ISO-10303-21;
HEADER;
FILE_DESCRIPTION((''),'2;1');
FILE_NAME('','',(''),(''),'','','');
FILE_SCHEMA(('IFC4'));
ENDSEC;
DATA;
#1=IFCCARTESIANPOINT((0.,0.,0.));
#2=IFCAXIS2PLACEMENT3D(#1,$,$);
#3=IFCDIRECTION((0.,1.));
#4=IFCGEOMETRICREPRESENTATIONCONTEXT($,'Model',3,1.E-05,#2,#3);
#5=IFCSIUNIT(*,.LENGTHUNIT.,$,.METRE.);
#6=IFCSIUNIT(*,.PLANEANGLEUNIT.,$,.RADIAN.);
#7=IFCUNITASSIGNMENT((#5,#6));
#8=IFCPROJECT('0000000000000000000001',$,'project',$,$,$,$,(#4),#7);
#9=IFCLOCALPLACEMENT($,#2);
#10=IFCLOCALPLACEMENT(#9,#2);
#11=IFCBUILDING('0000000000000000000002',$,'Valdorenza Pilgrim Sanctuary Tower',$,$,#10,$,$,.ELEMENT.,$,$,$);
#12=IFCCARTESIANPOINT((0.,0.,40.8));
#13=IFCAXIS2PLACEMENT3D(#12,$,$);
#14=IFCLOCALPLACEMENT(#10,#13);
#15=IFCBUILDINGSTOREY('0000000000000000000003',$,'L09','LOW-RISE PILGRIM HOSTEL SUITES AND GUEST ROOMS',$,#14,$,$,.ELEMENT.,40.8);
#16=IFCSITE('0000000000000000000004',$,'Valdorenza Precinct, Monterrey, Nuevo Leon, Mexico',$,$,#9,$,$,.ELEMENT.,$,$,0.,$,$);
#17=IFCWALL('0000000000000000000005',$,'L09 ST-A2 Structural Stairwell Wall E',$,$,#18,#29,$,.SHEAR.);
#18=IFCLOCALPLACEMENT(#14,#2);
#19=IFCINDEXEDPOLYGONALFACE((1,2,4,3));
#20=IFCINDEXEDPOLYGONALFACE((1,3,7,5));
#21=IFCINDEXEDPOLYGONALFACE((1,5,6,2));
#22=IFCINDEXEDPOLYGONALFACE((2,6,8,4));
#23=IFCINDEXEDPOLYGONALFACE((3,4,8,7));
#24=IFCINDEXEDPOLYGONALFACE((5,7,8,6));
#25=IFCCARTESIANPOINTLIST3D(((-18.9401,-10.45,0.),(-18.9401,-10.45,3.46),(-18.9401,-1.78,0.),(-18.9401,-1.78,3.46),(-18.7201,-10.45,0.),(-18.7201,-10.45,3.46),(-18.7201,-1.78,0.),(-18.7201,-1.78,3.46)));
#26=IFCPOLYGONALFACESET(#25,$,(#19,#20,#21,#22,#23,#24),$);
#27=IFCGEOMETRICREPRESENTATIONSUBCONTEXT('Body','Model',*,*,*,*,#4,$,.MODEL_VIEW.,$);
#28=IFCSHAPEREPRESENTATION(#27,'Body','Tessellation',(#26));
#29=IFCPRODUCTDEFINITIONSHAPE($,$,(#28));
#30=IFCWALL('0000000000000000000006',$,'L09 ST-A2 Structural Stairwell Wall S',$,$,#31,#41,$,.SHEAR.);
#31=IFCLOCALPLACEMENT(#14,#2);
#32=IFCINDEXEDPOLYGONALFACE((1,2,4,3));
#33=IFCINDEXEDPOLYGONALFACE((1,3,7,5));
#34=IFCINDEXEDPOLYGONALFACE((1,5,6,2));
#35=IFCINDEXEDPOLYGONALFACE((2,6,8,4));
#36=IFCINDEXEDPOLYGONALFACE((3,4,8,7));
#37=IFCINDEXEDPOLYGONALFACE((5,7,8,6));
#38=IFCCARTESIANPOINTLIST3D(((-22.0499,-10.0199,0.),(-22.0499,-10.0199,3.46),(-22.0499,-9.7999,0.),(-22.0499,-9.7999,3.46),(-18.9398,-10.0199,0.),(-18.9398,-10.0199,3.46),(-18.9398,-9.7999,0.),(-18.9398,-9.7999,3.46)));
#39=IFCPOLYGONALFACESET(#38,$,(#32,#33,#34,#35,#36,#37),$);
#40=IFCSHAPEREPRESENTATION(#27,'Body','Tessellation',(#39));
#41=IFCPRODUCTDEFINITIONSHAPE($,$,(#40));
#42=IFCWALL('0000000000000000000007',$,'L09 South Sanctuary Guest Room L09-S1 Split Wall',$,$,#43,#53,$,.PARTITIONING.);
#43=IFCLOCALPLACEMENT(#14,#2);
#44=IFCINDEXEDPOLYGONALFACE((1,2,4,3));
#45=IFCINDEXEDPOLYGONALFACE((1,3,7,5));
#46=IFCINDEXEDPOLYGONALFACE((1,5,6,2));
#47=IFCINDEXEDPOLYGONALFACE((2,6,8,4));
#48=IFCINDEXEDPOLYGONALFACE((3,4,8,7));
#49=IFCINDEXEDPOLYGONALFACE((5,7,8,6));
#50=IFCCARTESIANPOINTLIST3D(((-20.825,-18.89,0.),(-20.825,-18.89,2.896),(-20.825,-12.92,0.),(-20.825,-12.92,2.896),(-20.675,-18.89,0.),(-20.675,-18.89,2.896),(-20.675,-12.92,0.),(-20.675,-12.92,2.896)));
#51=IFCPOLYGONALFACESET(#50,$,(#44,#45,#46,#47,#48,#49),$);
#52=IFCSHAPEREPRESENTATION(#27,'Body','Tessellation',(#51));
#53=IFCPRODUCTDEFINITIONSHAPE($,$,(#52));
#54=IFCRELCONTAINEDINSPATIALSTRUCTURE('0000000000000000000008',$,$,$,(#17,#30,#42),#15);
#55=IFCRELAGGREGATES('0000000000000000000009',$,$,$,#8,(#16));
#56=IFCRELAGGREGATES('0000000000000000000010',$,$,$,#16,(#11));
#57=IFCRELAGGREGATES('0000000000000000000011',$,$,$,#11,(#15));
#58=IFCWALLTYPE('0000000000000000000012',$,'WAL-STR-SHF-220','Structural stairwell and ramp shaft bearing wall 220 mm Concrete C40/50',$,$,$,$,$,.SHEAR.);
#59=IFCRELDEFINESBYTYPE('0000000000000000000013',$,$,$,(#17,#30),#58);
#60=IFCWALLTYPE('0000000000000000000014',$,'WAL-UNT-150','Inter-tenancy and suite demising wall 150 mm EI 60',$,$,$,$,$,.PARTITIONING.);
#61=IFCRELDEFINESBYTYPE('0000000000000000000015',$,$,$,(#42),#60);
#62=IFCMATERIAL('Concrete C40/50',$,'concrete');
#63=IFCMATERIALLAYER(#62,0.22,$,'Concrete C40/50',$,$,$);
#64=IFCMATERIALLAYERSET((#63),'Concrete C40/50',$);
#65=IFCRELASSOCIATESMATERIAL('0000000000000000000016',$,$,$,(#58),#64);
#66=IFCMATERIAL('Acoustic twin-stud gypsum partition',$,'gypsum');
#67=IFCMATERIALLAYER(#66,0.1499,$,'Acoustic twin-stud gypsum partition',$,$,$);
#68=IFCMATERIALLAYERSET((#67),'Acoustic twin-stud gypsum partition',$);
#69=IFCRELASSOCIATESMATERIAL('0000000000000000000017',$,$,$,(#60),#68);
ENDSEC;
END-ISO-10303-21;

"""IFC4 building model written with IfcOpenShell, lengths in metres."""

from ifc_helpers import new_model, si_unit, direction, frame, frame_2d, origin, place, context, subcontext, project, spatial, rectangle, extrude, material, layer, layer_set, type_object, element, save


model = new_model("IFC4")

# Units and contexts
model_context = context("Model", 3, precision=1e-05, world=origin(), true_north=direction((0.0, 1.0)))
body_context = subcontext(model_context, "Body", "Model", "MODEL_VIEW")
ifc_project = project(units=[si_unit("LENGTHUNIT", "METRE"), si_unit("PLANEANGLEUNIT", "RADIAN")], contexts=[model_context])

# Site, building, storey
site_placement = place(None, origin())
site = spatial("IfcSite", under=ifc_project, at=site_placement, Name="Valdorenza Precinct, Monterrey, Nuevo Leon, Mexico", CompositionType="ELEMENT", RefElevation=0.0)
building_placement = place(site_placement, origin())
building = spatial("IfcBuilding", under=site, at=building_placement, Name="Valdorenza Pilgrim Sanctuary Tower", CompositionType="ELEMENT")
storey_placement = place(building_placement, frame((0.0, 0.0, 40.8)))
storey = spatial("IfcBuildingStorey", under=building, at=storey_placement, Name="L09", Description="LOW-RISE PILGRIM HOSTEL SUITES AND GUEST ROOMS", CompositionType="ELEMENT", Elevation=40.8)

# Shared definitions
ifc_material_1 = material(Name="Acoustic twin-stud gypsum partition", Category="gypsum")

# Walls
ifc_material_2 = material(Name="Concrete C40/50", Category="concrete")
ifc_layer_1 = layer(ifc_material_2, 0.22, Name="Concrete C40/50")
ifc_layer_set_1 = layer_set([ifc_layer_1], Name="Concrete C40/50")
wall_type_1 = type_object("IfcWallType", Name="WAL-STR-SHF-220", Description="Structural stairwell and ramp shaft bearing wall 220 mm Concrete C40/50", PredefinedType="SHEAR", material=ifc_layer_set_1)
for number, where, z_axis, x_axis, name in (
    (1, (-18.8301, -10.45, 0.0), (0.0, 0.0, 1.0), (0.0, 1.0, 0.0), "L09 ST-A2 Structural Stairwell Wall E"),
):
    element("IfcWall", number, at=place(storey_placement, frame(where, z_axis=z_axis, x_axis=x_axis)), inside=storey, type_object=wall_type_1, Name=name, PredefinedType="SHEAR", context=body_context, shape_type="SweptSolid", body=[
        extrude(rectangle(XDim=8.6699, YDim=0.22, at=frame_2d((4.335, 0.0))), origin(), (0.0, 0.0, 1.0), 3.46),
    ])
wall_1_placement = place(storey_placement, frame((-22.05, -9.9099, 0.0), z_axis=(0.0, 0.0, 1.0), x_axis=(1.0, 0.0, 0.0)))
element("IfcWall", 2, at=wall_1_placement, inside=storey, type_object=wall_type_1, Name="L09 ST-A2 Structural Stairwell Wall S", PredefinedType="SHEAR", context=body_context, shape_type="SweptSolid", body=[
    extrude(rectangle(XDim=3.1101, YDim=0.22, at=frame_2d((1.5552, 0.0))), origin(), (0.0, 0.0, 1.0), 3.46),
])
ifc_layer_2 = layer(ifc_material_1, 0.1499, Name="Acoustic twin-stud gypsum partition")
ifc_layer_set_2 = layer_set([ifc_layer_2], Name="Acoustic twin-stud gypsum partition")
wall_type_2 = type_object("IfcWallType", Name="WAL-UNT-150", Description="Inter-tenancy and suite demising wall 150 mm EI 60", PredefinedType="PARTITIONING", material=ifc_layer_set_2)
wall_2_placement = place(storey_placement, frame((-20.75, -18.8899, 0.0), z_axis=(0.0, 0.0, 1.0), x_axis=(0.0, 1.0, 0.0)))
element("IfcWall", 3, at=wall_2_placement, inside=storey, type_object=wall_type_2, Name="L09 South Sanctuary Guest Room L09-S1 Split Wall", PredefinedType="PARTITIONING", context=body_context, shape_type="SweptSolid", body=[
    extrude(rectangle(XDim=5.97, YDim=0.1499, at=frame_2d((2.9849, 0.0))), origin(), (0.0, 0.0, 1.0), 2.896),
])

save(model, "model.ifc")
